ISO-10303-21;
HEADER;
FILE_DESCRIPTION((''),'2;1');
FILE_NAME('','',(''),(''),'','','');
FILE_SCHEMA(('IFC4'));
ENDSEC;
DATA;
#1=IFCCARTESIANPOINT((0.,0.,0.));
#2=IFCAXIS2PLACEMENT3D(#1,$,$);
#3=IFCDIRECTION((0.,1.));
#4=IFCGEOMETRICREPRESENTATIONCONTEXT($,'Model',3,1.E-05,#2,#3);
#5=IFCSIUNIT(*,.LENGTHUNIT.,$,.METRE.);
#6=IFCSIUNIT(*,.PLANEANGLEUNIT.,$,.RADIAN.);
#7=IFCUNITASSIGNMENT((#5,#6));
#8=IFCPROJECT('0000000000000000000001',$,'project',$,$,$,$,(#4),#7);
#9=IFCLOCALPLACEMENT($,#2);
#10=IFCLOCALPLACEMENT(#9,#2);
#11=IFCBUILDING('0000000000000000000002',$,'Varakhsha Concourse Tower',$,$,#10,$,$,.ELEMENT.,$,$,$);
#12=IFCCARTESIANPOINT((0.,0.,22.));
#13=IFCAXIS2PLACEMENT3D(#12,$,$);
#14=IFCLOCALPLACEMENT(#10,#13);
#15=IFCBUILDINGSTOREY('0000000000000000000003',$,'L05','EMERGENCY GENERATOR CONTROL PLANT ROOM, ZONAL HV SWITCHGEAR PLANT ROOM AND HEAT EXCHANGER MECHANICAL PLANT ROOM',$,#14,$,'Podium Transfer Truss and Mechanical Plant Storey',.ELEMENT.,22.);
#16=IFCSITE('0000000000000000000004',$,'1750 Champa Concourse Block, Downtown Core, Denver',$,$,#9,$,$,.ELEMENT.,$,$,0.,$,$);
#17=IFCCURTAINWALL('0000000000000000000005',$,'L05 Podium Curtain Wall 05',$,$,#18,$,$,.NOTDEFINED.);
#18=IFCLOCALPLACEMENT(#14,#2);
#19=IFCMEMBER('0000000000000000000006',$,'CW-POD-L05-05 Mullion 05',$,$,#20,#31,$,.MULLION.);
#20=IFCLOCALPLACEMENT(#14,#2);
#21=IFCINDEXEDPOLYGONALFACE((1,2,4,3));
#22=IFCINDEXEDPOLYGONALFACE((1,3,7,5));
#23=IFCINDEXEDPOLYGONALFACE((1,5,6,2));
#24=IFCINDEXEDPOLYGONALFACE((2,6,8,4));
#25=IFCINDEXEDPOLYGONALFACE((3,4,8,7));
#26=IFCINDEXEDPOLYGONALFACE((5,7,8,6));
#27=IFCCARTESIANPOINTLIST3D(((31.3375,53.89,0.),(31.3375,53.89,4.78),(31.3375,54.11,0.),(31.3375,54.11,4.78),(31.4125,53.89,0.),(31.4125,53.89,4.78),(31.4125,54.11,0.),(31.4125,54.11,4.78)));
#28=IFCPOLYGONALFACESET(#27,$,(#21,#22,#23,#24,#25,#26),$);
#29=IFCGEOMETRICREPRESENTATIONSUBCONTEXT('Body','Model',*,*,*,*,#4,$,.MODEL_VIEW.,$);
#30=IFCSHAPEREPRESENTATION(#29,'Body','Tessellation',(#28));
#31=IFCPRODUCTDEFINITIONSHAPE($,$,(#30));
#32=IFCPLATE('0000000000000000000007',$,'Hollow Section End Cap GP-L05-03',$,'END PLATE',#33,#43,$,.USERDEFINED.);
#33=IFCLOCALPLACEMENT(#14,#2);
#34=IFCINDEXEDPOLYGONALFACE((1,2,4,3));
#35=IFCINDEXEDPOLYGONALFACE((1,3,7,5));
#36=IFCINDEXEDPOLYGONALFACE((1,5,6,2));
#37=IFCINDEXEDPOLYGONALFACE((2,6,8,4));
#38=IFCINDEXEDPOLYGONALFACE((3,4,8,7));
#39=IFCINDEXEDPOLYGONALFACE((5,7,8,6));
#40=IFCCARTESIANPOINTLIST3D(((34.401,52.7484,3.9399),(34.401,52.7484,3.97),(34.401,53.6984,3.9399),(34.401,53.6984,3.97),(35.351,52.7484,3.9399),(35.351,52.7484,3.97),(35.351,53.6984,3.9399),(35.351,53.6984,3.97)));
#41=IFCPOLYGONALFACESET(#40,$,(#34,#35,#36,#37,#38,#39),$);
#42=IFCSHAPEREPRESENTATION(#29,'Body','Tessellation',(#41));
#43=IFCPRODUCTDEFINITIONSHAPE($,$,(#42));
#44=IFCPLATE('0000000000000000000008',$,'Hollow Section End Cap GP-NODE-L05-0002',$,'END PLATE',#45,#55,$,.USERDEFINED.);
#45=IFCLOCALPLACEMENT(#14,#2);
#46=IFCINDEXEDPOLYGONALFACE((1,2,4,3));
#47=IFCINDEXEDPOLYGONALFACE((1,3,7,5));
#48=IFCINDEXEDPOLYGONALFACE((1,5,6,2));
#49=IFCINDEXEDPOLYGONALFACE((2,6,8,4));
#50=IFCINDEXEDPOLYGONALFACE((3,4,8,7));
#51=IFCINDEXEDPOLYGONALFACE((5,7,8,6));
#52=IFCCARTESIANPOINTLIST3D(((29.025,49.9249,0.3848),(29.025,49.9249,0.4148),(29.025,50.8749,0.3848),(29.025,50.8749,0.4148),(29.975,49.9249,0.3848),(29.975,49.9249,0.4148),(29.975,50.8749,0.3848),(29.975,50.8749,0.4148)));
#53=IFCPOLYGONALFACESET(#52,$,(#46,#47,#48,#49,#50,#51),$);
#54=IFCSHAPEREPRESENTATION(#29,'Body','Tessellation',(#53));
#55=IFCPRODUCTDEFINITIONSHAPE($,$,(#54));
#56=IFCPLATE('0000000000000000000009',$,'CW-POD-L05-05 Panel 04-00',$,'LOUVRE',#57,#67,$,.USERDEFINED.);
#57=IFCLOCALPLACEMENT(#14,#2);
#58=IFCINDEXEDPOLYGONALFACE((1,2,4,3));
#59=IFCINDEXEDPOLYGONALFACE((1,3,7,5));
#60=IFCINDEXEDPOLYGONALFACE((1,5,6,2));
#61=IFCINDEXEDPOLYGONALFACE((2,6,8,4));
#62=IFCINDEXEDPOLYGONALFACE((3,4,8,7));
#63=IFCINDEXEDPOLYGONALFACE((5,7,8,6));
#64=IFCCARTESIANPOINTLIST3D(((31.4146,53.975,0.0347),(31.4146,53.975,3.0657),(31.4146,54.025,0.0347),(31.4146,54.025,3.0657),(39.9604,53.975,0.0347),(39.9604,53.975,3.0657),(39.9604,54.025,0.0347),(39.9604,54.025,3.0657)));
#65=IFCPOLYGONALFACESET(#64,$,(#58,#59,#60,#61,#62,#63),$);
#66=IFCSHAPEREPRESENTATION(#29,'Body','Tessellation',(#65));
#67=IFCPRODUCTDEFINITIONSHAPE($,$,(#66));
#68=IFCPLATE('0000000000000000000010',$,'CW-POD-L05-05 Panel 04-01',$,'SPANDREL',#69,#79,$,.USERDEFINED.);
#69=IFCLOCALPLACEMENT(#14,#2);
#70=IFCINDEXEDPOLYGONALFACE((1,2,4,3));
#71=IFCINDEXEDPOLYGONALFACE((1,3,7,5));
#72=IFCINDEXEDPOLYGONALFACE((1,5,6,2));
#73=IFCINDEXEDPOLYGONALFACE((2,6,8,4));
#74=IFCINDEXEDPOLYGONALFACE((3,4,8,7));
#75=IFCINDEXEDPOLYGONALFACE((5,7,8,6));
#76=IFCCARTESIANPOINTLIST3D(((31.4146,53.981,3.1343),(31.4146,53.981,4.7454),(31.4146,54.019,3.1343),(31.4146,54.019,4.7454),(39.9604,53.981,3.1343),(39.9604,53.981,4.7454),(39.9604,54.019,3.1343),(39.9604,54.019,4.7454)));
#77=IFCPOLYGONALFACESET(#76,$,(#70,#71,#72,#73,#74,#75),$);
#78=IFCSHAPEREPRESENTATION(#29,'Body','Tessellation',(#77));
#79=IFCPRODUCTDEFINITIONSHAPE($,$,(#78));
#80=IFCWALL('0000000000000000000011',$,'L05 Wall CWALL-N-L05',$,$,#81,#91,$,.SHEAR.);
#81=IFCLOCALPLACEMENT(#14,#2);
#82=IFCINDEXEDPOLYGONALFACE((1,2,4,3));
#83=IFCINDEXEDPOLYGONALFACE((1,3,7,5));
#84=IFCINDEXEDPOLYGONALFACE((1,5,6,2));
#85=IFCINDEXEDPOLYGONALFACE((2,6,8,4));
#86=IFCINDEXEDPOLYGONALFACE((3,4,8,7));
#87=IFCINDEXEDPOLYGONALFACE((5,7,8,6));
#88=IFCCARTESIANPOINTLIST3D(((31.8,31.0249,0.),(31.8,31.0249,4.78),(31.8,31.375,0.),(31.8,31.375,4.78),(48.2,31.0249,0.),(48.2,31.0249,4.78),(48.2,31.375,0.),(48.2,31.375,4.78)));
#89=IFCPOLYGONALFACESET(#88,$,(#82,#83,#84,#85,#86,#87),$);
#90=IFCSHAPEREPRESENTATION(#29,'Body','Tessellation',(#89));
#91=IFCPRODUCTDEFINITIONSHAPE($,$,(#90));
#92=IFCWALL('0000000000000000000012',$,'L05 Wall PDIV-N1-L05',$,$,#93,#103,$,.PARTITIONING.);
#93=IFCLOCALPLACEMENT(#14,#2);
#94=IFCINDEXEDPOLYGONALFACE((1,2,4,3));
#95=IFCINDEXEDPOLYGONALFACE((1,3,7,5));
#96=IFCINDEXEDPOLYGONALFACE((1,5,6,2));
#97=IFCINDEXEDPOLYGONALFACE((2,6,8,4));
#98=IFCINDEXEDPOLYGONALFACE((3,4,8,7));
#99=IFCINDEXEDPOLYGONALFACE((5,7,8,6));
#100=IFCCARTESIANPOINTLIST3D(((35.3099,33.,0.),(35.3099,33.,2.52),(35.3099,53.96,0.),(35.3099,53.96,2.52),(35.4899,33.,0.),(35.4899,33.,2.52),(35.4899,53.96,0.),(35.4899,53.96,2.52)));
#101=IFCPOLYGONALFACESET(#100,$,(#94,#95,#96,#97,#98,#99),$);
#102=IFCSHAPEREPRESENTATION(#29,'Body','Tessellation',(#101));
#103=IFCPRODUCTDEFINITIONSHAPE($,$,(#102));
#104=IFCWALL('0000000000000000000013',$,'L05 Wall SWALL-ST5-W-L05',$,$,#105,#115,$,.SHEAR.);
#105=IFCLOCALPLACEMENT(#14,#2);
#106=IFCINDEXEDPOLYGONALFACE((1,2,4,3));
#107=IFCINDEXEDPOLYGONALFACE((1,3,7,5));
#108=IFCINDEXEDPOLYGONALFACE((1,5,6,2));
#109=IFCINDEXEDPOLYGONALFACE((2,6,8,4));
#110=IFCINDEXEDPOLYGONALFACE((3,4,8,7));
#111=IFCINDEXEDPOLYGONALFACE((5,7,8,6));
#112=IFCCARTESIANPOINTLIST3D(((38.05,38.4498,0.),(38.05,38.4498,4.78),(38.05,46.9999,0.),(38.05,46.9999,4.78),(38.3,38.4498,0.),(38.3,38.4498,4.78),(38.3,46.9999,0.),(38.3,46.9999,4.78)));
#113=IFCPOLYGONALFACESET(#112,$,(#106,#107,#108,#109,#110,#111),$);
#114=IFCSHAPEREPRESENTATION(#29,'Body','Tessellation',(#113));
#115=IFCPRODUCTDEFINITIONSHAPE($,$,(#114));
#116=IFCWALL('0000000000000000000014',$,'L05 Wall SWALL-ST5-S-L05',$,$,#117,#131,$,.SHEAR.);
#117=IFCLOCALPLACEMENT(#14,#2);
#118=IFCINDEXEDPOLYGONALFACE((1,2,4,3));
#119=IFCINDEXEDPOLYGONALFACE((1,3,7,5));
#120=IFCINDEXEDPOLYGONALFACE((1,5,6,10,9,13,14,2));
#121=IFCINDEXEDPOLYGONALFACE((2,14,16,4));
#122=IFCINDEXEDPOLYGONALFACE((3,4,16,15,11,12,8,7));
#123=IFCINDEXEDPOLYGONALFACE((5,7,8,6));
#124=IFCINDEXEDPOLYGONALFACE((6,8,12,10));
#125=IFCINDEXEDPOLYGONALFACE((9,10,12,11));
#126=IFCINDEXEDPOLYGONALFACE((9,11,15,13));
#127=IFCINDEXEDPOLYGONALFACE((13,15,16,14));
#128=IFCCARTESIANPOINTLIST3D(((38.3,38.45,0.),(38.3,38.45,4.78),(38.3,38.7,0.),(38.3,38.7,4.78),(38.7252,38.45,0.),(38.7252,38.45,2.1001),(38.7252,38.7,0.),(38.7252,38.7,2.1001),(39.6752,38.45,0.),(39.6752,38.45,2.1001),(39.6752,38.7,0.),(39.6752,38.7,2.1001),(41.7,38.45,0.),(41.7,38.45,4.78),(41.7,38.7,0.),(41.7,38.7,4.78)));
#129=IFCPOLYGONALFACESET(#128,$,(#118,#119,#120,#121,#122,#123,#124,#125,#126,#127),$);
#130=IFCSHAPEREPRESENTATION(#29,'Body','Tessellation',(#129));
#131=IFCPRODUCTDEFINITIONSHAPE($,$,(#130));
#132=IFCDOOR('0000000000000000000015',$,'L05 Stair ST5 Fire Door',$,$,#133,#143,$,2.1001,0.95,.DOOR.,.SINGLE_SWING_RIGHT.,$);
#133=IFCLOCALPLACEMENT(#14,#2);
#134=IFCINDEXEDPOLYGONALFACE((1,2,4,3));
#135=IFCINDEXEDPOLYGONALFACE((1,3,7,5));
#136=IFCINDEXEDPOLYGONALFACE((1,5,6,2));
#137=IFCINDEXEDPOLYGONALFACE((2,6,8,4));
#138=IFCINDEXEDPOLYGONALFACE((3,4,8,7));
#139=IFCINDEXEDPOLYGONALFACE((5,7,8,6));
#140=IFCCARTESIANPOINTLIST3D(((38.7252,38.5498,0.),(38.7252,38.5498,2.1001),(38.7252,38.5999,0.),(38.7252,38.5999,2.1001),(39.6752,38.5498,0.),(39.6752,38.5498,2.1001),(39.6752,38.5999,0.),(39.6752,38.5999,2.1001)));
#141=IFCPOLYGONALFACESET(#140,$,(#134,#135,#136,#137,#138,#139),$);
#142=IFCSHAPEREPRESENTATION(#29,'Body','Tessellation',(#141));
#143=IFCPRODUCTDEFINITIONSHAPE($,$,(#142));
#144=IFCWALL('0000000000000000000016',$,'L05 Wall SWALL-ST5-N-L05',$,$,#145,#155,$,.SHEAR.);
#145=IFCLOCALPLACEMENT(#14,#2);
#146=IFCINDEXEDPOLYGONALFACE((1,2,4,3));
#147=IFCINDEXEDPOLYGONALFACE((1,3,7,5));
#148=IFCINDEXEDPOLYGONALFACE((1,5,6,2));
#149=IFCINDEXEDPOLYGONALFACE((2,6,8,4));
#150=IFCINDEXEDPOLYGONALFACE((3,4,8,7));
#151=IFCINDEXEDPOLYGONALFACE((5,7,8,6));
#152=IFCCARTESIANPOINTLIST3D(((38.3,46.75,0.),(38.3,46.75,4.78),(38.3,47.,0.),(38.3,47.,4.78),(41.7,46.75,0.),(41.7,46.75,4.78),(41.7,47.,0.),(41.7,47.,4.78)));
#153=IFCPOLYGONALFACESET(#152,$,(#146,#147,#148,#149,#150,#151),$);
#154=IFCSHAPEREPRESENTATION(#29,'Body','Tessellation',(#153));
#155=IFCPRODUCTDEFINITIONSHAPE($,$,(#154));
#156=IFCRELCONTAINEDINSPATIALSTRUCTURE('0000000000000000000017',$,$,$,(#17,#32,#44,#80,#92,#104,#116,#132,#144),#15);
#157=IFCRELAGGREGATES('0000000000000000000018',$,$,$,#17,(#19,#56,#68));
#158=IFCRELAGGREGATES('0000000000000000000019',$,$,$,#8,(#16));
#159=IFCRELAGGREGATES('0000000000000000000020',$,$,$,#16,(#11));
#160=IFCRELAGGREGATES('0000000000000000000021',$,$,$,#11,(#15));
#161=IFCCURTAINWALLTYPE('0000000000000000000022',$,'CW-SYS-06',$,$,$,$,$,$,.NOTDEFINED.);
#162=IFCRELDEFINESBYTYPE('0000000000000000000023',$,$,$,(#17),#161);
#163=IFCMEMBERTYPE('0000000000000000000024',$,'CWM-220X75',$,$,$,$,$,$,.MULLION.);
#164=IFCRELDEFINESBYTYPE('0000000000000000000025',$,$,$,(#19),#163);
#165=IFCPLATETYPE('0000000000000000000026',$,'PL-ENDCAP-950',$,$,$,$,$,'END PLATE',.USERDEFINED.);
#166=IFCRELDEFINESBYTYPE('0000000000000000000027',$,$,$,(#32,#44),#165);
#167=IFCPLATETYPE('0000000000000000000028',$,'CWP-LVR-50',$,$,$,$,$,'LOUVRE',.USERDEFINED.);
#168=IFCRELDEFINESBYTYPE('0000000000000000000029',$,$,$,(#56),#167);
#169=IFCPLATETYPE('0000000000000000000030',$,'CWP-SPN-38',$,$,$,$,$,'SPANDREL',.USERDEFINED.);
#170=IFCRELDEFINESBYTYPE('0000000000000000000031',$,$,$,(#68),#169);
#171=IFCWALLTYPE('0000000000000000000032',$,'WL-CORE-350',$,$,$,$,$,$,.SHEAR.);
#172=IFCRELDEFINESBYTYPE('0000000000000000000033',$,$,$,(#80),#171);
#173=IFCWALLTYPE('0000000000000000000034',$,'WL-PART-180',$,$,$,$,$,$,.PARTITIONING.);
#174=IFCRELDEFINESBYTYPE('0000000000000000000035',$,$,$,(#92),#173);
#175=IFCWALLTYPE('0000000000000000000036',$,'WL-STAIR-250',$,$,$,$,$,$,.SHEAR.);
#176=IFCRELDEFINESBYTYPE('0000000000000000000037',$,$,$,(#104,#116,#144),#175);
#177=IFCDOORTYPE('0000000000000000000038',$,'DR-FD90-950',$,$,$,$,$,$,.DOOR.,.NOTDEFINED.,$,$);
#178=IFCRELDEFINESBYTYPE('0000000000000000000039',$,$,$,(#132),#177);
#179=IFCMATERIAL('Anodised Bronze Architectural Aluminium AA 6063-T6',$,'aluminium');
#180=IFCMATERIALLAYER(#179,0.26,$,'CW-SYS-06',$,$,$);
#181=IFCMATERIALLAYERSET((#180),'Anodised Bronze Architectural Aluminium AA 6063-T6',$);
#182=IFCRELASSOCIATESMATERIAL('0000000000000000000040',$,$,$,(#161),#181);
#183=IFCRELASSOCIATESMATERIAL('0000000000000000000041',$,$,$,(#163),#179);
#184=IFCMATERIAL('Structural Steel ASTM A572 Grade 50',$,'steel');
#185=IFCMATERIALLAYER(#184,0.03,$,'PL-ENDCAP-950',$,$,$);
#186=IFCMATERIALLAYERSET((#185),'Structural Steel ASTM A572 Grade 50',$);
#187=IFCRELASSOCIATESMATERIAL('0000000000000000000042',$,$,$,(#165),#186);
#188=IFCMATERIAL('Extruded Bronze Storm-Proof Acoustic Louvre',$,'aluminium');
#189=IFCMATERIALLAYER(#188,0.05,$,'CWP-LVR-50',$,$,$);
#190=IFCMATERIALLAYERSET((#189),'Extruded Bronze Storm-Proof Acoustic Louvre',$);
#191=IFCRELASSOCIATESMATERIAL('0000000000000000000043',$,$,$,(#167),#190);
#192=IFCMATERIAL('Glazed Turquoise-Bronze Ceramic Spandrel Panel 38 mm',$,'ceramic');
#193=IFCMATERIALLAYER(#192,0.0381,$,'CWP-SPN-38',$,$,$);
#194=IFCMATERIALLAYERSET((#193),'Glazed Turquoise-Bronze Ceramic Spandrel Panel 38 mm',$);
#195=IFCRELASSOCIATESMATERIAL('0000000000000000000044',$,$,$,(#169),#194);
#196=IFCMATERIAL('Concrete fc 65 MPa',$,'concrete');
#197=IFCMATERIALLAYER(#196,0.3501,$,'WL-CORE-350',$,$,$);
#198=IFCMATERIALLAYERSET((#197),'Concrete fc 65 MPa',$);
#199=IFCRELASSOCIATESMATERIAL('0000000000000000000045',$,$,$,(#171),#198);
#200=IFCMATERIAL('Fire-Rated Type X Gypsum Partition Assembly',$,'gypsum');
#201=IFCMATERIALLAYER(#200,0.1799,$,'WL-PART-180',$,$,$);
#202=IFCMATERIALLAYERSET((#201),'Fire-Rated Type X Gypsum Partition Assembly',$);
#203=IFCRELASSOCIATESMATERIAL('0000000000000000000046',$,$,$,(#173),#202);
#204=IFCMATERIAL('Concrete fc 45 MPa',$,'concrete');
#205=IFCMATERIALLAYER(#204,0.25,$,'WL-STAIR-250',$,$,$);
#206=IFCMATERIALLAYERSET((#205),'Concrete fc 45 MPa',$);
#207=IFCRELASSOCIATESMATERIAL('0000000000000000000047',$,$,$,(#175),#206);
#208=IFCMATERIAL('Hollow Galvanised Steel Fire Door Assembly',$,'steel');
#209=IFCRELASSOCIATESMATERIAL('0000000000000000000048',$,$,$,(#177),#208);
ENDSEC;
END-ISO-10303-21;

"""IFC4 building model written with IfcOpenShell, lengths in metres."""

from ifc_helpers import new_model, si_unit, direction, frame, frame_2d, origin, origin_2d, place, context, subcontext, project, spatial, rectangle, extrude, source, transform, mapped, material, layer, layer_set, material_profile, profile_set, type_object, type_shapes, element, fill, aggregate, save


model = new_model("IFC4")

# Units and contexts
model_context = context("Model", 3, precision=1e-05, world=origin(), true_north=direction((0.0, 1.0)))
body_context = subcontext(model_context, "Body", "Model", "MODEL_VIEW")
ifc_project = project(units=[si_unit("LENGTHUNIT", "METRE"), si_unit("PLANEANGLEUNIT", "RADIAN")], contexts=[model_context])

# Site, building, storey
site_placement = place(None, origin())
site = spatial("IfcSite", under=ifc_project, at=site_placement, Name="1750 Champa Concourse Block, Downtown Core, Denver", CompositionType="ELEMENT", RefElevation=0.0)
building_placement = place(site_placement, origin())
building = spatial("IfcBuilding", under=site, at=building_placement, Name="Varakhsha Concourse Tower", CompositionType="ELEMENT")
storey_placement = place(building_placement, frame((0.0, 0.0, 22.0)))
storey = spatial("IfcBuildingStorey", under=building, at=storey_placement, Name="L05", Description="EMERGENCY GENERATOR CONTROL PLANT ROOM, ZONAL HV SWITCHGEAR PLANT ROOM AND HEAT EXCHANGER MECHANICAL PLANT ROOM", LongName="Podium Transfer Truss and Mechanical Plant Storey", CompositionType="ELEMENT", Elevation=22.0)

# Shared definitions
ifc_material_1 = material(Name="Concrete fc 65 MPa", Category="concrete")

# Curtain wall, member
ifc_material_2 = material(Name="Anodised Bronze Architectural Aluminium AA 6063-T6", Category="aluminium")
ifc_layer_1 = layer(ifc_material_2, 0.26, Name="CW-SYS-06")
ifc_layer_set_1 = layer_set([ifc_layer_1], Name="Anodised Bronze Architectural Aluminium AA 6063-T6")
curtain_wall_type = type_object("IfcCurtainWallType", Name="CW-SYS-06", PredefinedType="NOTDEFINED", material=ifc_layer_set_1)
curtain_wall_placement = place(storey_placement, origin())
curtain_wall = element("IfcCurtainWall", 1, at=curtain_wall_placement, inside=storey, type_object=curtain_wall_type, Name="L05 Podium Curtain Wall 05", PredefinedType="NOTDEFINED")
ifc_material_profile_1 = material_profile(ifc_material_2, rectangle(XDim=0.075, YDim=0.22, at=origin_2d()), Name="CWM-220X75")
ifc_profile_set_1 = profile_set([ifc_material_profile_1], Name="Anodised Bronze Architectural Aluminium AA 6063-T6")
member_type_1 = type_object("IfcMemberType", Name="CWM-220X75", PredefinedType="MULLION", material=ifc_profile_set_1)
shared_shape_1 = source(origin(), body_context, "Body", "SweptSolid", [
    extrude(rectangle(XDim=0.075, YDim=0.22, at=origin_2d()), origin(), (0.0, 0.0, 1.0), 4.78),
])
type_shapes(member_type_1, [shared_shape_1])
member_1_placement = place(storey_placement, frame((31.375, 54.0, 0.0), z_axis=(0.0, 0.0, 1.0), x_axis=(-1.0, 0.0, 0.0)))
member_1 = element("IfcMember", 2, at=member_1_placement, type_object=member_type_1, Name="CW-POD-L05-05 Mullion 05", PredefinedType="MULLION", context=body_context, shape_type="MappedRepresentation", body=[
    mapped(shared_shape_1, transform((0.0, 0.0, 0.0), scale=1.0)),
])

# Plates
ifc_material_3 = material(Name="Structural Steel ASTM A572 Grade 50", Category="steel")
ifc_layer_2 = layer(ifc_material_3, 0.03, Name="PL-ENDCAP-950")
ifc_layer_set_2 = layer_set([ifc_layer_2], Name="Structural Steel ASTM A572 Grade 50")
plate_type_1 = type_object("IfcPlateType", Name="PL-ENDCAP-950", ElementType="END PLATE", PredefinedType="USERDEFINED", material=ifc_layer_set_2)
shared_shape_2 = source(origin(), body_context, "Body", "SweptSolid", [
    extrude(rectangle(XDim=0.95, YDim=0.95, at=origin_2d()), origin(), (0.0, 0.0, 1.0), 0.03),
])
type_shapes(plate_type_1, [shared_shape_2])
for number, where, z_axis, x_axis, name in (
    (3, (34.876, 53.2234, 3.9399), (0.0, 0.0, 1.0), (1.0, 0.0, 0.0), "Hollow Section End Cap GP-L05-03"),
    (4, (29.5, 50.3999, 0.3848), (0.0, 0.0, 1.0), (1.0, 0.0, 0.0), "Hollow Section End Cap GP-NODE-L05-0002"),
):
    element("IfcPlate", number, at=place(storey_placement, frame(where, z_axis=z_axis, x_axis=x_axis)), inside=storey, type_object=plate_type_1, Name=name, ObjectType="END PLATE", PredefinedType="USERDEFINED", context=body_context, shape_type="MappedRepresentation", body=[
        mapped(shared_shape_2, transform((0.0, 0.0, 0.0), scale=1.0)),
    ])

# Plates
ifc_material_4 = material(Name="Extruded Bronze Storm-Proof Acoustic Louvre", Category="aluminium")
ifc_layer_3 = layer(ifc_material_4, 0.05, Name="CWP-LVR-50")
ifc_layer_set_3 = layer_set([ifc_layer_3], Name="Extruded Bronze Storm-Proof Acoustic Louvre")
plate_type_2 = type_object("IfcPlateType", Name="CWP-LVR-50", ElementType="LOUVRE", PredefinedType="USERDEFINED", material=ifc_layer_set_3)
shared_shape_3 = source(origin(), body_context, "Body", "SweptSolid", [
    extrude(rectangle(XDim=8.5459, YDim=0.05, at=origin_2d()), origin(), (0.0, 0.0, 1.0), 3.031),
])
type_shapes(plate_type_2, [shared_shape_3])
plate_1_placement = place(storey_placement, frame((35.6875, 54.0, 0.0347), z_axis=(0.0, 0.0, 1.0), x_axis=(-1.0, 0.0, 0.0)))
plate_1 = element("IfcPlate", 5, at=plate_1_placement, type_object=plate_type_2, Name="CW-POD-L05-05 Panel 04-00", ObjectType="LOUVRE", PredefinedType="USERDEFINED", context=body_context, shape_type="MappedRepresentation", body=[
    mapped(shared_shape_3, transform((0.0, 0.0, 0.0), scale=1.0)),
])
ifc_material_5 = material(Name="Glazed Turquoise-Bronze Ceramic Spandrel Panel 38 mm", Category="ceramic")
ifc_layer_4 = layer(ifc_material_5, 0.0381, Name="CWP-SPN-38")
ifc_layer_set_4 = layer_set([ifc_layer_4], Name="Glazed Turquoise-Bronze Ceramic Spandrel Panel 38 mm")
plate_type_3 = type_object("IfcPlateType", Name="CWP-SPN-38", ElementType="SPANDREL", PredefinedType="USERDEFINED", material=ifc_layer_set_4)
shared_shape_4 = source(origin(), body_context, "Body", "SweptSolid", [
    extrude(rectangle(XDim=8.5459, YDim=0.0381, at=origin_2d()), origin(), (0.0, 0.0, 1.0), 1.6111),
])
type_shapes(plate_type_3, [shared_shape_4])
plate_2_placement = place(storey_placement, frame((35.6875, 54.0, 3.1343), z_axis=(0.0, 0.0, 1.0), x_axis=(-1.0, 0.0, 0.0)))
plate_2 = element("IfcPlate", 6, at=plate_2_placement, type_object=plate_type_3, Name="CW-POD-L05-05 Panel 04-01", ObjectType="SPANDREL", PredefinedType="USERDEFINED", context=body_context, shape_type="MappedRepresentation", body=[
    mapped(shared_shape_4, transform((0.0, 0.0, 0.0), scale=1.0)),
])
aggregate(curtain_wall, [member_1, plate_1, plate_2])

# Wall
ifc_layer_5 = layer(ifc_material_1, 0.3501, Name="WL-CORE-350")
ifc_layer_set_5 = layer_set([ifc_layer_5], Name="Concrete fc 65 MPa")
wall_type_1 = type_object("IfcWallType", Name="WL-CORE-350", PredefinedType="SHEAR", material=ifc_layer_set_5)
wall_1_placement = place(storey_placement, frame((31.8, 31.2, 0.0), z_axis=(0.0, 0.0, 1.0), x_axis=(1.0, 0.0, 0.0)))
element("IfcWall", 7, at=wall_1_placement, inside=storey, type_object=wall_type_1, Name="L05 Wall CWALL-N-L05", PredefinedType="SHEAR", context=body_context, shape_type="SweptSolid", body=[
    extrude(rectangle(XDim=16.3999, YDim=0.3501, at=frame_2d((8.2, 0.0))), origin(), (0.0, 0.0, 1.0), 4.78),
])

# Shared definitions
ifc_material_6 = material(Name="Fire-Rated Type X Gypsum Partition Assembly", Category="gypsum")
ifc_layer_6 = layer(ifc_material_6, 0.1799, Name="WL-PART-180")
ifc_layer_set_6 = layer_set([ifc_layer_6], Name="Fire-Rated Type X Gypsum Partition Assembly")
wall_type_2 = type_object("IfcWallType", Name="WL-PART-180", PredefinedType="PARTITIONING", material=ifc_layer_set_6)
ifc_material_7 = material(Name="Hollow Galvanised Steel Fire Door Assembly", Category="steel")

# Walls
wall_2_placement = place(storey_placement, frame((35.3999, 33.0, 0.0), z_axis=(0.0, 0.0, 1.0), x_axis=(0.0, 1.0, 0.0)))
element("IfcWall", 8, at=wall_2_placement, inside=storey, type_object=wall_type_2, Name="L05 Wall PDIV-N1-L05", PredefinedType="PARTITIONING", context=body_context, shape_type="SweptSolid", body=[
    extrude(rectangle(XDim=20.96, YDim=0.1799, at=frame_2d((10.48, 0.0))), origin(), (0.0, 0.0, 1.0), 2.52),
])
ifc_material_8 = material(Name="Concrete fc 45 MPa", Category="concrete")
ifc_layer_7 = layer(ifc_material_8, 0.25, Name="WL-STAIR-250")
ifc_layer_set_7 = layer_set([ifc_layer_7], Name="Concrete fc 45 MPa")
wall_type_3 = type_object("IfcWallType", Name="WL-STAIR-250", PredefinedType="SHEAR", material=ifc_layer_set_7)
wall_3_placement = place(storey_placement, frame((38.175, 38.45, 0.0), z_axis=(0.0, 0.0, 1.0), x_axis=(0.0, 1.0, 0.0)))
element("IfcWall", 9, at=wall_3_placement, inside=storey, type_object=wall_type_3, Name="L05 Wall SWALL-ST5-W-L05", PredefinedType="SHEAR", context=body_context, shape_type="SweptSolid", body=[
    extrude(rectangle(XDim=8.55, YDim=0.25, at=frame_2d((4.2749, 0.0))), origin(), (0.0, 0.0, 1.0), 4.78),
])

# Wall, opening, door
wall_4_placement = place(storey_placement, frame((38.3, 38.575, 0.0), z_axis=(0.0, 0.0, 1.0), x_axis=(1.0, 0.0, 0.0)))
wall_4 = element("IfcWall", 10, at=wall_4_placement, inside=storey, type_object=wall_type_3, Name="L05 Wall SWALL-ST5-S-L05", PredefinedType="SHEAR", context=body_context, shape_type="SweptSolid", body=[
    extrude(rectangle(XDim=3.3999, YDim=0.25, at=frame_2d((1.7, 0.0))), origin(), (0.0, 0.0, 1.0), 4.78),
])
opening_1_placement = place(wall_4_placement, frame((0.425, 0.0, 0.0)))
opening_1 = element("IfcOpeningElement", 11, at=opening_1_placement, cuts=wall_4, PredefinedType="OPENING", context=body_context, shape_type="SweptSolid", body=[
    extrude(rectangle(XDim=0.95, YDim=2.1001, at=frame_2d((0.4751, 1.05))), frame((0.0, 0.135, 0.0), z_axis=(0.0, -1.0, 0.0), x_axis=(1.0, 0.0, 0.0)), (0.0, 0.0, 1.0), 0.27),
])
door_type_1 = type_object("IfcDoorType", Name="DR-FD90-950", OperationType="NOTDEFINED", PredefinedType="DOOR", material=ifc_material_7)
door_1_placement = place(opening_1_placement, origin())
door_1 = element("IfcDoor", 12, at=door_1_placement, inside=storey, type_object=door_type_1, Name="L05 Stair ST5 Fire Door", OperationType="SINGLE_SWING_RIGHT", OverallHeight=2.1001, OverallWidth=0.95, PredefinedType="DOOR", context=body_context, shape_type="SweptSolid", body=[
    extrude(rectangle(XDim=0.95, YDim=2.1001, at=frame_2d((0.4751, 1.05))), frame((0.0, 0.0249, 0.0), z_axis=(0.0, -1.0, 0.0), x_axis=(1.0, 0.0, 0.0)), (0.0, 0.0, 1.0), 0.05),
])
fill(opening_1, door_1)

# Wall
wall_5_placement = place(storey_placement, frame((38.3, 46.875, 0.0), z_axis=(0.0, 0.0, 1.0), x_axis=(1.0, 0.0, 0.0)))
element("IfcWall", 13, at=wall_5_placement, inside=storey, type_object=wall_type_3, Name="L05 Wall SWALL-ST5-N-L05", PredefinedType="SHEAR", context=body_context, shape_type="SweptSolid", body=[
    extrude(rectangle(XDim=3.3999, YDim=0.25, at=frame_2d((1.7, 0.0))), origin(), (0.0, 0.0, 1.0), 4.78),
])

save(model, "model.ifc")
